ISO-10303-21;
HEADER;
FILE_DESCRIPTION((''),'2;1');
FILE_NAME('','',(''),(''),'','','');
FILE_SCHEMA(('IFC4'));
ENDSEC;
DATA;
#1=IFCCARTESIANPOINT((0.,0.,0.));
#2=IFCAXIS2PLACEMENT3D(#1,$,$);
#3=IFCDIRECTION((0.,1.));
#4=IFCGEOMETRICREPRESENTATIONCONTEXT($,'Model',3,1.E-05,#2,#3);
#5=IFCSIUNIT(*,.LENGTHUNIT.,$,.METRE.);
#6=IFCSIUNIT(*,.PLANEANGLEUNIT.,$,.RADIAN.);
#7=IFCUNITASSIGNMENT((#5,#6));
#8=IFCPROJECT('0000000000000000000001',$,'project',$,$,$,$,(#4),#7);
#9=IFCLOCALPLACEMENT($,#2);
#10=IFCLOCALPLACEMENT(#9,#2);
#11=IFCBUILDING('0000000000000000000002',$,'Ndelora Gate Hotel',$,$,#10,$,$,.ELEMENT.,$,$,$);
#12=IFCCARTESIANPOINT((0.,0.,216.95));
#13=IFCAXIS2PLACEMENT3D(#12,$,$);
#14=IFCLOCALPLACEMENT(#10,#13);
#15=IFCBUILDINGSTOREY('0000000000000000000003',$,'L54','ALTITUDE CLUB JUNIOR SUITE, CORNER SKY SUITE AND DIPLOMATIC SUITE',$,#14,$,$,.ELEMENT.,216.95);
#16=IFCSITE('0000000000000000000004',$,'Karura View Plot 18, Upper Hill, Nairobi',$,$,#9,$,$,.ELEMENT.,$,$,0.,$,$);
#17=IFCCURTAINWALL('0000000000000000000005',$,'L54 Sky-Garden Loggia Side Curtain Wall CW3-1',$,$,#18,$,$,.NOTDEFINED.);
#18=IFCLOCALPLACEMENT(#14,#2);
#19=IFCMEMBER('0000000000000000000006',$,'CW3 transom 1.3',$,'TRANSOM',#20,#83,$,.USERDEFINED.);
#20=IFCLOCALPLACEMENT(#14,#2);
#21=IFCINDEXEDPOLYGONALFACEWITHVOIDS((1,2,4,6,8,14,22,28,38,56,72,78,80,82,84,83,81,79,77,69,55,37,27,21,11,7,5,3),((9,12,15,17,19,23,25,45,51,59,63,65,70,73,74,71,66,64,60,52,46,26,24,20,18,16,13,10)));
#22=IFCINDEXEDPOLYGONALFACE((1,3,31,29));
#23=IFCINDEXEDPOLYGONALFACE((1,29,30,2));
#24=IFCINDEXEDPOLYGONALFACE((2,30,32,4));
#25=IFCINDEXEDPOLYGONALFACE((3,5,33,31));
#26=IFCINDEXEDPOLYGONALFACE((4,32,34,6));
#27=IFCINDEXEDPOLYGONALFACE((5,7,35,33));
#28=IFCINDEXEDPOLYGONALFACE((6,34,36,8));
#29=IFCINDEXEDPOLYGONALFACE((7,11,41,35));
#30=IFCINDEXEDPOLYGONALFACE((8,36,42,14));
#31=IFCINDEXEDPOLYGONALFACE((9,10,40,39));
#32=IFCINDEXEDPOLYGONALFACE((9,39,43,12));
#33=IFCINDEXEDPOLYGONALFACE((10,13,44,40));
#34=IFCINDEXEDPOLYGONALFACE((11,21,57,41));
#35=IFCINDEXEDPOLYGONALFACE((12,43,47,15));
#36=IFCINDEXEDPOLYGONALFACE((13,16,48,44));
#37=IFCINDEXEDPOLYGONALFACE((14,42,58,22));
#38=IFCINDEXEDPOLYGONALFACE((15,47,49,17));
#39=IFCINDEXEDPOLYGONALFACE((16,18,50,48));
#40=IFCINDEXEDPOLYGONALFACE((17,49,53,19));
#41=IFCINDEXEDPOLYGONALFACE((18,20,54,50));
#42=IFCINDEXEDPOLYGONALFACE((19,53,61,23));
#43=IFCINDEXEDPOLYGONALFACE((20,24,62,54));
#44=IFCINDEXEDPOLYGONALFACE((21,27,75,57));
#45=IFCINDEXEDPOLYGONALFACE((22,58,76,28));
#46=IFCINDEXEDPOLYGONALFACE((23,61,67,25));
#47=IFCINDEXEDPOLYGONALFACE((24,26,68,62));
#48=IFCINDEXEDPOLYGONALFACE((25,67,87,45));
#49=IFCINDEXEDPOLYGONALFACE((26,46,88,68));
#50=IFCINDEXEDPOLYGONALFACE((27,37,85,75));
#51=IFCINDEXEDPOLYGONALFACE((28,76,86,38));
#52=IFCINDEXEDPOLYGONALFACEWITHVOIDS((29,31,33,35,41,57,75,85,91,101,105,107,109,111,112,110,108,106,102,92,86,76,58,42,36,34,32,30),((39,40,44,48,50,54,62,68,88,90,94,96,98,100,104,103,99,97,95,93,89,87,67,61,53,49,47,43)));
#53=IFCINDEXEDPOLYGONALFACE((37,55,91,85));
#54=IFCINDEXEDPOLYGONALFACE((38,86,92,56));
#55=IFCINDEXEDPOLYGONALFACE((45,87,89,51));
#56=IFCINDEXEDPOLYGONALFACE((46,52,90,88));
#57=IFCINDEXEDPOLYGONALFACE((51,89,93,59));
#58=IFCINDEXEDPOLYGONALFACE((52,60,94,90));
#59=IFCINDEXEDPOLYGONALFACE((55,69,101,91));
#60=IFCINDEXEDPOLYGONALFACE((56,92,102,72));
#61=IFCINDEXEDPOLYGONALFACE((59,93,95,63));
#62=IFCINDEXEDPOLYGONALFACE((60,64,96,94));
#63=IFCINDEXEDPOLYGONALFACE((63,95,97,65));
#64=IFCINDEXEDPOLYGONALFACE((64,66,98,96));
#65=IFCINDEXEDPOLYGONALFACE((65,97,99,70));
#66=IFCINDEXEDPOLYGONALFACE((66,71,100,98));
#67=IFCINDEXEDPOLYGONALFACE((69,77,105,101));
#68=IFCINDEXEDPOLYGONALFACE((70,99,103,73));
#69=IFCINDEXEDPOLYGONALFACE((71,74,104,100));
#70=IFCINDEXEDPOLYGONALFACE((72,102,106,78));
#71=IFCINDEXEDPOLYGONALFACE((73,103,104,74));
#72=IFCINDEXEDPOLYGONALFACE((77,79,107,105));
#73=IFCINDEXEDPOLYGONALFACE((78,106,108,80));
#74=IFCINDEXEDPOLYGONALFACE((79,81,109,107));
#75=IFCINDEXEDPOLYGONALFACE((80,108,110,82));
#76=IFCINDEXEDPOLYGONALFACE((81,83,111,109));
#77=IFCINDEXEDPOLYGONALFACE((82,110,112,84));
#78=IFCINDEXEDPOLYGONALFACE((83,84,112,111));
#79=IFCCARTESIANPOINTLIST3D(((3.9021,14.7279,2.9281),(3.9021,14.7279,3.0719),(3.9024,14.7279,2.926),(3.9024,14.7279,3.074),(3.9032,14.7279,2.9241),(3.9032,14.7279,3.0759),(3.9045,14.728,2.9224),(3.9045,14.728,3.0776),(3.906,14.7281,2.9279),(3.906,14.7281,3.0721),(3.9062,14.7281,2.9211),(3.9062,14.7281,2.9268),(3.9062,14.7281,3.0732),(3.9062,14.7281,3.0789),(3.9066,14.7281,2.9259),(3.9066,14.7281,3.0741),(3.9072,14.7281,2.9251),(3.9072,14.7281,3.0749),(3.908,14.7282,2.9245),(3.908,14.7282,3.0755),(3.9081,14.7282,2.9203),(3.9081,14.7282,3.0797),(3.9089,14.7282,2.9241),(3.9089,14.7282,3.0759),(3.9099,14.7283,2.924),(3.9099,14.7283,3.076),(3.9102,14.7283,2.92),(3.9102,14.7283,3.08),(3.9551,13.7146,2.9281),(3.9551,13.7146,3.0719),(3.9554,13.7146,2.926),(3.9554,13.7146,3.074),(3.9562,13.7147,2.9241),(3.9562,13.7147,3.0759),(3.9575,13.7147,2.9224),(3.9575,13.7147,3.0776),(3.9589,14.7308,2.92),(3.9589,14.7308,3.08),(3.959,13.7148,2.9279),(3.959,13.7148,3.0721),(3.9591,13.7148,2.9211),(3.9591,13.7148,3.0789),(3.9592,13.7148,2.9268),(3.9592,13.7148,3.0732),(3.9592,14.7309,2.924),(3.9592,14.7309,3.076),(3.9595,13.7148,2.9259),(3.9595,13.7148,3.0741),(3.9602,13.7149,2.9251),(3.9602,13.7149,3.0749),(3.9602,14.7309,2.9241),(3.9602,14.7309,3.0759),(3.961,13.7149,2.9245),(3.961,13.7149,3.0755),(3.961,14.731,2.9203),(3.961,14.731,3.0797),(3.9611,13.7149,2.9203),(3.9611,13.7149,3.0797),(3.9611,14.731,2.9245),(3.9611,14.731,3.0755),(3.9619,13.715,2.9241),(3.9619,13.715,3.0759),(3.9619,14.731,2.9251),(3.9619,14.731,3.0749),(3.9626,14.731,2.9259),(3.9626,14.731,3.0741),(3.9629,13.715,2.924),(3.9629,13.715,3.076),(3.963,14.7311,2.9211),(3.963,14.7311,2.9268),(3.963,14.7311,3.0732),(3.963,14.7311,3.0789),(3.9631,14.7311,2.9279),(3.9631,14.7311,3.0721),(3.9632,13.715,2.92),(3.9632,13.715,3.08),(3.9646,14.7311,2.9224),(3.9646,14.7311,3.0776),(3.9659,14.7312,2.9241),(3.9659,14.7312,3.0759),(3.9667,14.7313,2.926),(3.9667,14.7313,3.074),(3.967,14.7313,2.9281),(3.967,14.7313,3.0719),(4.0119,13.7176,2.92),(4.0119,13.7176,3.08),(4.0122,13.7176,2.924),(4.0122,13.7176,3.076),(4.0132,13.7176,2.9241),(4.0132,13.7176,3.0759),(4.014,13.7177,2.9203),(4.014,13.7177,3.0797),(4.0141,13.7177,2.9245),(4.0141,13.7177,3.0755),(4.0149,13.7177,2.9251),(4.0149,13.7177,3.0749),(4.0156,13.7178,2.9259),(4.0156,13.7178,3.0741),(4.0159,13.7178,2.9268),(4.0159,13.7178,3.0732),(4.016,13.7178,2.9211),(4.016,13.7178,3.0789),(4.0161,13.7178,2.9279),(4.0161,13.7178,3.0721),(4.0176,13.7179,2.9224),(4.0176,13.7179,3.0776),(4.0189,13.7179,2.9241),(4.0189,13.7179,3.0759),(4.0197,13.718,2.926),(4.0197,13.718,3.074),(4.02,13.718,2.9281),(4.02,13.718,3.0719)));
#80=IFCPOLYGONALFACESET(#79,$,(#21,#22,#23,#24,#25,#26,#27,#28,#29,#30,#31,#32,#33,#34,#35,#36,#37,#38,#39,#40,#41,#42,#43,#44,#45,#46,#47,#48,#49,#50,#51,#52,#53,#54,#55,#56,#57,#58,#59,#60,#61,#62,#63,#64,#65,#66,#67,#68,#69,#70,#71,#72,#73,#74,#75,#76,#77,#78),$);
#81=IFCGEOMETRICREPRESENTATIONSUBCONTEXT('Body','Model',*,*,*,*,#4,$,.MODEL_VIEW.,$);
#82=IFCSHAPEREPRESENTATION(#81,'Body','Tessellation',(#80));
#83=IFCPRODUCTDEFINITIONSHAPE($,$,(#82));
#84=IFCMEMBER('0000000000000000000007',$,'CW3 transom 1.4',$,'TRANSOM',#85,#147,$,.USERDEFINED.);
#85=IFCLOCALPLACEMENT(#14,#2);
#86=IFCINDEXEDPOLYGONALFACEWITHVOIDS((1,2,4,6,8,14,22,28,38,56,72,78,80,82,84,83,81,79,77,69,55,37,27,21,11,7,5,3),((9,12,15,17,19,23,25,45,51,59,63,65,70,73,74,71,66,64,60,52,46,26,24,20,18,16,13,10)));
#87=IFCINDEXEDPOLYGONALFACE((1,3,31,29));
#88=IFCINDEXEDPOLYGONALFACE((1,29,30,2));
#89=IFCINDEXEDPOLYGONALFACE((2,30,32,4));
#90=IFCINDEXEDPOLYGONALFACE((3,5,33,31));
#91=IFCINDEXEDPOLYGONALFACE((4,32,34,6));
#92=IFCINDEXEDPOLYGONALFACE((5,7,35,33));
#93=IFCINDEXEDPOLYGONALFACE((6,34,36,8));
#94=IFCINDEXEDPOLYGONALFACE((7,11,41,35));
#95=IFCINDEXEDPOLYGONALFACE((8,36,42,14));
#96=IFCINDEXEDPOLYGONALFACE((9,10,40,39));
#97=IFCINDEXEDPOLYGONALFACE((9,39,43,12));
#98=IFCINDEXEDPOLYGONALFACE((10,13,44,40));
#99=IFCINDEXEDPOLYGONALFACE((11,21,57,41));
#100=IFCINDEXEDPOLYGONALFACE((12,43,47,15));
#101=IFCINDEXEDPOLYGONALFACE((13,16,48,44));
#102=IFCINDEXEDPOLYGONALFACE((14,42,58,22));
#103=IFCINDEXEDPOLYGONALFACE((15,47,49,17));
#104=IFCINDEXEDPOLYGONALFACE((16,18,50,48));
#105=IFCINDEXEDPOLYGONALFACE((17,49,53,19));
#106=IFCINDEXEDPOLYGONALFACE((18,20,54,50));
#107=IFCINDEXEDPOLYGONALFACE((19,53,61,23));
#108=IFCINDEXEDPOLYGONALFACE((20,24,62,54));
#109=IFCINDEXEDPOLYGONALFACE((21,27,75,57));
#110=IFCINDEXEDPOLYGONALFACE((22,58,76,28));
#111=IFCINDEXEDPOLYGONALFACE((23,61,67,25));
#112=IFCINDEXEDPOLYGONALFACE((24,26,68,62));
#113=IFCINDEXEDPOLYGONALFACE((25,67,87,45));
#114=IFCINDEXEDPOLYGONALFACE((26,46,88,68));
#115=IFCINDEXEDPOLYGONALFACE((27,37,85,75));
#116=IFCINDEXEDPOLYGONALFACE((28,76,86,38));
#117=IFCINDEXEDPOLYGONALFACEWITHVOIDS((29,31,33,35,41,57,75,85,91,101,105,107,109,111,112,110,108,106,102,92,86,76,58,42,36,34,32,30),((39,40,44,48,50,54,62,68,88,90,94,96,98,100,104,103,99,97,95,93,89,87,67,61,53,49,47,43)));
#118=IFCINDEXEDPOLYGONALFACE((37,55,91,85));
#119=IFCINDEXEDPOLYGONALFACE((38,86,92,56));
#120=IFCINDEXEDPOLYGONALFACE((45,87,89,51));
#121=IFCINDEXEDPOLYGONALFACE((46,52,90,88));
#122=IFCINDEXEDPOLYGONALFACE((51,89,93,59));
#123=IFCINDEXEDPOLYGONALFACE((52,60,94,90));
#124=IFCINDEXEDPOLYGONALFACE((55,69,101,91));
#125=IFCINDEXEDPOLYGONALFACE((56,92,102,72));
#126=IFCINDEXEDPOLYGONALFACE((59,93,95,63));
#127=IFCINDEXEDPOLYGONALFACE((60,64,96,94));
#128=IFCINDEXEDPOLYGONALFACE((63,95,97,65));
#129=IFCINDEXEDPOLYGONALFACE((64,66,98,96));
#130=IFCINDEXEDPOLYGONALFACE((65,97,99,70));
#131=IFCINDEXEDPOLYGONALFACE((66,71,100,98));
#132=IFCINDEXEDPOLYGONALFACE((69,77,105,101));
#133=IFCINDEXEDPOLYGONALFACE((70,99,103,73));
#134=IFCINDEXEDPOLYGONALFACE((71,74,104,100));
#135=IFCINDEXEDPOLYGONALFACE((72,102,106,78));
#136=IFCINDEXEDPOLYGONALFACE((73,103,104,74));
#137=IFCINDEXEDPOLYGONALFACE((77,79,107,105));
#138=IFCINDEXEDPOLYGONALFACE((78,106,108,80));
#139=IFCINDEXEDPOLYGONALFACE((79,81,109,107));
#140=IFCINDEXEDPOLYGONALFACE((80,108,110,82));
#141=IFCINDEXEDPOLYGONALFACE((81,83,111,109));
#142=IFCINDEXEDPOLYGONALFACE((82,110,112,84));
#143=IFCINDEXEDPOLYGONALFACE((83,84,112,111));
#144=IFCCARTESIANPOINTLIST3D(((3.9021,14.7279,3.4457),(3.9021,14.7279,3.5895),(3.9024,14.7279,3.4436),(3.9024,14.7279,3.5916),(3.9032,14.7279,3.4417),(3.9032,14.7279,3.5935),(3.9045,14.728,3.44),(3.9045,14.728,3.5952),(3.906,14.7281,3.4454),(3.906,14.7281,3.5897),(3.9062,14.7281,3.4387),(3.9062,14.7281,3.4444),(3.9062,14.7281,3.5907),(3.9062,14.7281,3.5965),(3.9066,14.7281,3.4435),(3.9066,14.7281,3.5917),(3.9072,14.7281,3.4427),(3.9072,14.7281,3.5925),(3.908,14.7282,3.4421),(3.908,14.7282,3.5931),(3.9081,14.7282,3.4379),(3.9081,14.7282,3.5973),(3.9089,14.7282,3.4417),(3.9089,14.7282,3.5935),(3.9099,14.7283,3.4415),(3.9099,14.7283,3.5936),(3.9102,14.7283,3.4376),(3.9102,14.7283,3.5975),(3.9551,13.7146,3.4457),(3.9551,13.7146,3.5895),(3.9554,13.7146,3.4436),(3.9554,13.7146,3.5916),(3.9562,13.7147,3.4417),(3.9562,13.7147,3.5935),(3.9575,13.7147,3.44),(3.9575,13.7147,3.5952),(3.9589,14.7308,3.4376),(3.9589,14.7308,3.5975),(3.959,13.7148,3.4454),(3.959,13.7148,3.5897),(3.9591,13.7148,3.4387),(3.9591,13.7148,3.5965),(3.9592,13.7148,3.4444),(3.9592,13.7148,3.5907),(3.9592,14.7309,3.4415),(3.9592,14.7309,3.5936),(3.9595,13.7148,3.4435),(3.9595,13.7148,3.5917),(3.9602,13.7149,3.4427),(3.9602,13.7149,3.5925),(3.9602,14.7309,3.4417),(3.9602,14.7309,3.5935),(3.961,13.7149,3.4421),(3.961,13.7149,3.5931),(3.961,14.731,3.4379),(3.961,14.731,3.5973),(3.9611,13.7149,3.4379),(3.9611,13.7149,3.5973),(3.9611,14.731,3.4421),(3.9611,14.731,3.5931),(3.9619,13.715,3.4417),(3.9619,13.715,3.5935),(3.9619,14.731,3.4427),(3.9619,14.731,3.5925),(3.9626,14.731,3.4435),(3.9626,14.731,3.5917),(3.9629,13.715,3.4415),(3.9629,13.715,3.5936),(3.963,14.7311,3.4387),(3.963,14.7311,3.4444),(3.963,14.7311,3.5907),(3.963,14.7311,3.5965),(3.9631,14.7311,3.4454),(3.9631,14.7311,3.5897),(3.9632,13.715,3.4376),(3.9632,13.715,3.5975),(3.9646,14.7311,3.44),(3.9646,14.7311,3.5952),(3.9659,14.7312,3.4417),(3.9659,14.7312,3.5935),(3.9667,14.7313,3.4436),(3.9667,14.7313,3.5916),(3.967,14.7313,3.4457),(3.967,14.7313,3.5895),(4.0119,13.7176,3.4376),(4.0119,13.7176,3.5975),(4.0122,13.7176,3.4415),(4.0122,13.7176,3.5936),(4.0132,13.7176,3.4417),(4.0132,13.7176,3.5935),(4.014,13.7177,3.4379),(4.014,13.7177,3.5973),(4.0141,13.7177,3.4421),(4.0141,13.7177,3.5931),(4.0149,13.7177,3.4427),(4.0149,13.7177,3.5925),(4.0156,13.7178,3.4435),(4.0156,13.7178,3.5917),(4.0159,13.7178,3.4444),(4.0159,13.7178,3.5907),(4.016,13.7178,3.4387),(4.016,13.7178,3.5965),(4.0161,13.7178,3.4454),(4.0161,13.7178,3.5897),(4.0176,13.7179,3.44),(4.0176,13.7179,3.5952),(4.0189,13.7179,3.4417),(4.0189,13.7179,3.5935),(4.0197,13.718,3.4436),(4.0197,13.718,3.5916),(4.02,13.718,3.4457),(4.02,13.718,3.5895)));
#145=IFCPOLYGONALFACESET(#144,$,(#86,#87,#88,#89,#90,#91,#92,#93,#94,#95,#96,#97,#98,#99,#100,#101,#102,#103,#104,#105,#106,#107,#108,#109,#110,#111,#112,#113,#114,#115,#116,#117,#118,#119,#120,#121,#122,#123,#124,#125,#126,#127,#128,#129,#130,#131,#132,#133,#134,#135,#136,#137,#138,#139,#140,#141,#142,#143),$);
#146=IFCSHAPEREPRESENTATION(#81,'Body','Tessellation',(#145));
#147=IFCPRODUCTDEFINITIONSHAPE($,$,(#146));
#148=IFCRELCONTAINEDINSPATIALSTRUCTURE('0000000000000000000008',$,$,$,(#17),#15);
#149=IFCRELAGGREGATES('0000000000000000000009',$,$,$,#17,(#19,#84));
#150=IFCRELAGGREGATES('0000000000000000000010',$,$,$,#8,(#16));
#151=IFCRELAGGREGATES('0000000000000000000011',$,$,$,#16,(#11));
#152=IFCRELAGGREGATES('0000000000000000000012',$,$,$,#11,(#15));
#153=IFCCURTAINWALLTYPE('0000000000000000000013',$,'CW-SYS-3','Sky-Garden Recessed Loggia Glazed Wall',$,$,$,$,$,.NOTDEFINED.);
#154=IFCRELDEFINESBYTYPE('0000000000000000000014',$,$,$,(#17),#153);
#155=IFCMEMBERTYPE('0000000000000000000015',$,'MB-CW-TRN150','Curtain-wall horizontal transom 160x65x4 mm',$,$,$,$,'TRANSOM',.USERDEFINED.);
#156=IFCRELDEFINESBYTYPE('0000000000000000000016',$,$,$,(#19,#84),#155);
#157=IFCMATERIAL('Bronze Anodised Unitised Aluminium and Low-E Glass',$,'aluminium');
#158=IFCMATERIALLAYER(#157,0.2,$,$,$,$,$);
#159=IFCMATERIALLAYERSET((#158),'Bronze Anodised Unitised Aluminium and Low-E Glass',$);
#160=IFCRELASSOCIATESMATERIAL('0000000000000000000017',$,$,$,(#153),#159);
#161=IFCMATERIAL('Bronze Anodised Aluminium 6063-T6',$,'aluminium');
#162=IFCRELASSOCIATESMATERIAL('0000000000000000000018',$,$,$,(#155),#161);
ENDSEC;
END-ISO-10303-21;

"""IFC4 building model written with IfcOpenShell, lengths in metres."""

from ifc_helpers import new_model, si_unit, direction, frame, origin, origin_2d, place, context, subcontext, project, spatial, hollow_rectangle, extrude, material, layer, layer_set, material_profile, profile_set, type_object, element, aggregate, save


model = new_model("IFC4")

# Units and contexts
model_context = context("Model", 3, precision=1e-05, world=origin(), true_north=direction((0.0, 1.0)))
body_context = subcontext(model_context, "Body", "Model", "MODEL_VIEW")
ifc_project = project(units=[si_unit("LENGTHUNIT", "METRE"), si_unit("PLANEANGLEUNIT", "RADIAN")], contexts=[model_context])

# Site, building, storey
site_placement = place(None, origin())
site = spatial("IfcSite", under=ifc_project, at=site_placement, Name="Karura View Plot 18, Upper Hill, Nairobi", CompositionType="ELEMENT", RefElevation=0.0)
building_placement = place(site_placement, origin())
building = spatial("IfcBuilding", under=site, at=building_placement, Name="Ndelora Gate Hotel", CompositionType="ELEMENT")
storey_placement = place(building_placement, frame((0.0, 0.0, 216.95)))
storey = spatial("IfcBuildingStorey", under=building, at=storey_placement, Name="L54", Description="ALTITUDE CLUB JUNIOR SUITE, CORNER SKY SUITE AND DIPLOMATIC SUITE", CompositionType="ELEMENT", Elevation=216.95)

# Curtain wall, members
ifc_material_1 = material(Name="Bronze Anodised Unitised Aluminium and Low-E Glass", Category="aluminium")
ifc_layer_1 = layer(ifc_material_1, 0.2)
ifc_layer_set_1 = layer_set([ifc_layer_1], Name="Bronze Anodised Unitised Aluminium and Low-E Glass")
curtain_wall_type = type_object("IfcCurtainWallType", Name="CW-SYS-3", Description="Sky-Garden Recessed Loggia Glazed Wall", PredefinedType="NOTDEFINED", material=ifc_layer_set_1)
curtain_wall_placement = place(storey_placement, origin())
curtain_wall = element("IfcCurtainWall", 1, at=curtain_wall_placement, inside=storey, type_object=curtain_wall_type, Name="L54 Sky-Garden Loggia Side Curtain Wall CW3-1", PredefinedType="NOTDEFINED")
ifc_material_2 = material(Name="Bronze Anodised Aluminium 6063-T6", Category="aluminium")
ifc_material_profile_1 = material_profile(ifc_material_2, hollow_rectangle(XDim=0.0649, YDim=0.1599, WallThickness=0.0039, InnerFilletRadius=0.0039, OuterFilletRadius=0.0081, at=origin_2d()), Name="ALU 160x65x4")
ifc_profile_set_1 = profile_set([ifc_material_profile_1], Name="Bronze Anodised Aluminium 6063-T6")
member_type_1 = type_object("IfcMemberType", Name="MB-CW-TRN150", Description="Curtain-wall horizontal transom 160x65x4 mm", ElementType="TRANSOM", PredefinedType="USERDEFINED", material=ifc_profile_set_1)
member_1_placement = place(storey_placement, frame((3.9875, 13.7163, 3.0), z_axis=(-0.052218, 0.998636, 0.0), x_axis=(-0.998636, -0.052218, 0.0)))
member_1 = element("IfcMember", 2, at=member_1_placement, type_object=member_type_1, Name="CW3 transom 1.3", ObjectType="TRANSOM", PredefinedType="USERDEFINED", context=body_context, shape_type="SweptSolid", body=[
    extrude(hollow_rectangle(XDim=0.0649, YDim=0.1599, WallThickness=0.0039, InnerFilletRadius=0.0039, OuterFilletRadius=0.0081, at=origin_2d()), origin(), (0.0, 0.0, 1.0), 1.0146),
])
member_2_placement = place(storey_placement, frame((3.9875, 13.7163, 3.5176), z_axis=(-0.052218, 0.998636, 0.0), x_axis=(-0.998636, -0.052218, 0.0)))
member_2 = element("IfcMember", 3, at=member_2_placement, type_object=member_type_1, Name="CW3 transom 1.4", ObjectType="TRANSOM", PredefinedType="USERDEFINED", context=body_context, shape_type="SweptSolid", body=[
    extrude(hollow_rectangle(XDim=0.0649, YDim=0.1599, WallThickness=0.0039, InnerFilletRadius=0.0039, OuterFilletRadius=0.0081, at=origin_2d()), origin(), (0.0, 0.0, 1.0), 1.0146),
])
aggregate(curtain_wall, [member_1, member_2])

save(model, "model.ifc")
